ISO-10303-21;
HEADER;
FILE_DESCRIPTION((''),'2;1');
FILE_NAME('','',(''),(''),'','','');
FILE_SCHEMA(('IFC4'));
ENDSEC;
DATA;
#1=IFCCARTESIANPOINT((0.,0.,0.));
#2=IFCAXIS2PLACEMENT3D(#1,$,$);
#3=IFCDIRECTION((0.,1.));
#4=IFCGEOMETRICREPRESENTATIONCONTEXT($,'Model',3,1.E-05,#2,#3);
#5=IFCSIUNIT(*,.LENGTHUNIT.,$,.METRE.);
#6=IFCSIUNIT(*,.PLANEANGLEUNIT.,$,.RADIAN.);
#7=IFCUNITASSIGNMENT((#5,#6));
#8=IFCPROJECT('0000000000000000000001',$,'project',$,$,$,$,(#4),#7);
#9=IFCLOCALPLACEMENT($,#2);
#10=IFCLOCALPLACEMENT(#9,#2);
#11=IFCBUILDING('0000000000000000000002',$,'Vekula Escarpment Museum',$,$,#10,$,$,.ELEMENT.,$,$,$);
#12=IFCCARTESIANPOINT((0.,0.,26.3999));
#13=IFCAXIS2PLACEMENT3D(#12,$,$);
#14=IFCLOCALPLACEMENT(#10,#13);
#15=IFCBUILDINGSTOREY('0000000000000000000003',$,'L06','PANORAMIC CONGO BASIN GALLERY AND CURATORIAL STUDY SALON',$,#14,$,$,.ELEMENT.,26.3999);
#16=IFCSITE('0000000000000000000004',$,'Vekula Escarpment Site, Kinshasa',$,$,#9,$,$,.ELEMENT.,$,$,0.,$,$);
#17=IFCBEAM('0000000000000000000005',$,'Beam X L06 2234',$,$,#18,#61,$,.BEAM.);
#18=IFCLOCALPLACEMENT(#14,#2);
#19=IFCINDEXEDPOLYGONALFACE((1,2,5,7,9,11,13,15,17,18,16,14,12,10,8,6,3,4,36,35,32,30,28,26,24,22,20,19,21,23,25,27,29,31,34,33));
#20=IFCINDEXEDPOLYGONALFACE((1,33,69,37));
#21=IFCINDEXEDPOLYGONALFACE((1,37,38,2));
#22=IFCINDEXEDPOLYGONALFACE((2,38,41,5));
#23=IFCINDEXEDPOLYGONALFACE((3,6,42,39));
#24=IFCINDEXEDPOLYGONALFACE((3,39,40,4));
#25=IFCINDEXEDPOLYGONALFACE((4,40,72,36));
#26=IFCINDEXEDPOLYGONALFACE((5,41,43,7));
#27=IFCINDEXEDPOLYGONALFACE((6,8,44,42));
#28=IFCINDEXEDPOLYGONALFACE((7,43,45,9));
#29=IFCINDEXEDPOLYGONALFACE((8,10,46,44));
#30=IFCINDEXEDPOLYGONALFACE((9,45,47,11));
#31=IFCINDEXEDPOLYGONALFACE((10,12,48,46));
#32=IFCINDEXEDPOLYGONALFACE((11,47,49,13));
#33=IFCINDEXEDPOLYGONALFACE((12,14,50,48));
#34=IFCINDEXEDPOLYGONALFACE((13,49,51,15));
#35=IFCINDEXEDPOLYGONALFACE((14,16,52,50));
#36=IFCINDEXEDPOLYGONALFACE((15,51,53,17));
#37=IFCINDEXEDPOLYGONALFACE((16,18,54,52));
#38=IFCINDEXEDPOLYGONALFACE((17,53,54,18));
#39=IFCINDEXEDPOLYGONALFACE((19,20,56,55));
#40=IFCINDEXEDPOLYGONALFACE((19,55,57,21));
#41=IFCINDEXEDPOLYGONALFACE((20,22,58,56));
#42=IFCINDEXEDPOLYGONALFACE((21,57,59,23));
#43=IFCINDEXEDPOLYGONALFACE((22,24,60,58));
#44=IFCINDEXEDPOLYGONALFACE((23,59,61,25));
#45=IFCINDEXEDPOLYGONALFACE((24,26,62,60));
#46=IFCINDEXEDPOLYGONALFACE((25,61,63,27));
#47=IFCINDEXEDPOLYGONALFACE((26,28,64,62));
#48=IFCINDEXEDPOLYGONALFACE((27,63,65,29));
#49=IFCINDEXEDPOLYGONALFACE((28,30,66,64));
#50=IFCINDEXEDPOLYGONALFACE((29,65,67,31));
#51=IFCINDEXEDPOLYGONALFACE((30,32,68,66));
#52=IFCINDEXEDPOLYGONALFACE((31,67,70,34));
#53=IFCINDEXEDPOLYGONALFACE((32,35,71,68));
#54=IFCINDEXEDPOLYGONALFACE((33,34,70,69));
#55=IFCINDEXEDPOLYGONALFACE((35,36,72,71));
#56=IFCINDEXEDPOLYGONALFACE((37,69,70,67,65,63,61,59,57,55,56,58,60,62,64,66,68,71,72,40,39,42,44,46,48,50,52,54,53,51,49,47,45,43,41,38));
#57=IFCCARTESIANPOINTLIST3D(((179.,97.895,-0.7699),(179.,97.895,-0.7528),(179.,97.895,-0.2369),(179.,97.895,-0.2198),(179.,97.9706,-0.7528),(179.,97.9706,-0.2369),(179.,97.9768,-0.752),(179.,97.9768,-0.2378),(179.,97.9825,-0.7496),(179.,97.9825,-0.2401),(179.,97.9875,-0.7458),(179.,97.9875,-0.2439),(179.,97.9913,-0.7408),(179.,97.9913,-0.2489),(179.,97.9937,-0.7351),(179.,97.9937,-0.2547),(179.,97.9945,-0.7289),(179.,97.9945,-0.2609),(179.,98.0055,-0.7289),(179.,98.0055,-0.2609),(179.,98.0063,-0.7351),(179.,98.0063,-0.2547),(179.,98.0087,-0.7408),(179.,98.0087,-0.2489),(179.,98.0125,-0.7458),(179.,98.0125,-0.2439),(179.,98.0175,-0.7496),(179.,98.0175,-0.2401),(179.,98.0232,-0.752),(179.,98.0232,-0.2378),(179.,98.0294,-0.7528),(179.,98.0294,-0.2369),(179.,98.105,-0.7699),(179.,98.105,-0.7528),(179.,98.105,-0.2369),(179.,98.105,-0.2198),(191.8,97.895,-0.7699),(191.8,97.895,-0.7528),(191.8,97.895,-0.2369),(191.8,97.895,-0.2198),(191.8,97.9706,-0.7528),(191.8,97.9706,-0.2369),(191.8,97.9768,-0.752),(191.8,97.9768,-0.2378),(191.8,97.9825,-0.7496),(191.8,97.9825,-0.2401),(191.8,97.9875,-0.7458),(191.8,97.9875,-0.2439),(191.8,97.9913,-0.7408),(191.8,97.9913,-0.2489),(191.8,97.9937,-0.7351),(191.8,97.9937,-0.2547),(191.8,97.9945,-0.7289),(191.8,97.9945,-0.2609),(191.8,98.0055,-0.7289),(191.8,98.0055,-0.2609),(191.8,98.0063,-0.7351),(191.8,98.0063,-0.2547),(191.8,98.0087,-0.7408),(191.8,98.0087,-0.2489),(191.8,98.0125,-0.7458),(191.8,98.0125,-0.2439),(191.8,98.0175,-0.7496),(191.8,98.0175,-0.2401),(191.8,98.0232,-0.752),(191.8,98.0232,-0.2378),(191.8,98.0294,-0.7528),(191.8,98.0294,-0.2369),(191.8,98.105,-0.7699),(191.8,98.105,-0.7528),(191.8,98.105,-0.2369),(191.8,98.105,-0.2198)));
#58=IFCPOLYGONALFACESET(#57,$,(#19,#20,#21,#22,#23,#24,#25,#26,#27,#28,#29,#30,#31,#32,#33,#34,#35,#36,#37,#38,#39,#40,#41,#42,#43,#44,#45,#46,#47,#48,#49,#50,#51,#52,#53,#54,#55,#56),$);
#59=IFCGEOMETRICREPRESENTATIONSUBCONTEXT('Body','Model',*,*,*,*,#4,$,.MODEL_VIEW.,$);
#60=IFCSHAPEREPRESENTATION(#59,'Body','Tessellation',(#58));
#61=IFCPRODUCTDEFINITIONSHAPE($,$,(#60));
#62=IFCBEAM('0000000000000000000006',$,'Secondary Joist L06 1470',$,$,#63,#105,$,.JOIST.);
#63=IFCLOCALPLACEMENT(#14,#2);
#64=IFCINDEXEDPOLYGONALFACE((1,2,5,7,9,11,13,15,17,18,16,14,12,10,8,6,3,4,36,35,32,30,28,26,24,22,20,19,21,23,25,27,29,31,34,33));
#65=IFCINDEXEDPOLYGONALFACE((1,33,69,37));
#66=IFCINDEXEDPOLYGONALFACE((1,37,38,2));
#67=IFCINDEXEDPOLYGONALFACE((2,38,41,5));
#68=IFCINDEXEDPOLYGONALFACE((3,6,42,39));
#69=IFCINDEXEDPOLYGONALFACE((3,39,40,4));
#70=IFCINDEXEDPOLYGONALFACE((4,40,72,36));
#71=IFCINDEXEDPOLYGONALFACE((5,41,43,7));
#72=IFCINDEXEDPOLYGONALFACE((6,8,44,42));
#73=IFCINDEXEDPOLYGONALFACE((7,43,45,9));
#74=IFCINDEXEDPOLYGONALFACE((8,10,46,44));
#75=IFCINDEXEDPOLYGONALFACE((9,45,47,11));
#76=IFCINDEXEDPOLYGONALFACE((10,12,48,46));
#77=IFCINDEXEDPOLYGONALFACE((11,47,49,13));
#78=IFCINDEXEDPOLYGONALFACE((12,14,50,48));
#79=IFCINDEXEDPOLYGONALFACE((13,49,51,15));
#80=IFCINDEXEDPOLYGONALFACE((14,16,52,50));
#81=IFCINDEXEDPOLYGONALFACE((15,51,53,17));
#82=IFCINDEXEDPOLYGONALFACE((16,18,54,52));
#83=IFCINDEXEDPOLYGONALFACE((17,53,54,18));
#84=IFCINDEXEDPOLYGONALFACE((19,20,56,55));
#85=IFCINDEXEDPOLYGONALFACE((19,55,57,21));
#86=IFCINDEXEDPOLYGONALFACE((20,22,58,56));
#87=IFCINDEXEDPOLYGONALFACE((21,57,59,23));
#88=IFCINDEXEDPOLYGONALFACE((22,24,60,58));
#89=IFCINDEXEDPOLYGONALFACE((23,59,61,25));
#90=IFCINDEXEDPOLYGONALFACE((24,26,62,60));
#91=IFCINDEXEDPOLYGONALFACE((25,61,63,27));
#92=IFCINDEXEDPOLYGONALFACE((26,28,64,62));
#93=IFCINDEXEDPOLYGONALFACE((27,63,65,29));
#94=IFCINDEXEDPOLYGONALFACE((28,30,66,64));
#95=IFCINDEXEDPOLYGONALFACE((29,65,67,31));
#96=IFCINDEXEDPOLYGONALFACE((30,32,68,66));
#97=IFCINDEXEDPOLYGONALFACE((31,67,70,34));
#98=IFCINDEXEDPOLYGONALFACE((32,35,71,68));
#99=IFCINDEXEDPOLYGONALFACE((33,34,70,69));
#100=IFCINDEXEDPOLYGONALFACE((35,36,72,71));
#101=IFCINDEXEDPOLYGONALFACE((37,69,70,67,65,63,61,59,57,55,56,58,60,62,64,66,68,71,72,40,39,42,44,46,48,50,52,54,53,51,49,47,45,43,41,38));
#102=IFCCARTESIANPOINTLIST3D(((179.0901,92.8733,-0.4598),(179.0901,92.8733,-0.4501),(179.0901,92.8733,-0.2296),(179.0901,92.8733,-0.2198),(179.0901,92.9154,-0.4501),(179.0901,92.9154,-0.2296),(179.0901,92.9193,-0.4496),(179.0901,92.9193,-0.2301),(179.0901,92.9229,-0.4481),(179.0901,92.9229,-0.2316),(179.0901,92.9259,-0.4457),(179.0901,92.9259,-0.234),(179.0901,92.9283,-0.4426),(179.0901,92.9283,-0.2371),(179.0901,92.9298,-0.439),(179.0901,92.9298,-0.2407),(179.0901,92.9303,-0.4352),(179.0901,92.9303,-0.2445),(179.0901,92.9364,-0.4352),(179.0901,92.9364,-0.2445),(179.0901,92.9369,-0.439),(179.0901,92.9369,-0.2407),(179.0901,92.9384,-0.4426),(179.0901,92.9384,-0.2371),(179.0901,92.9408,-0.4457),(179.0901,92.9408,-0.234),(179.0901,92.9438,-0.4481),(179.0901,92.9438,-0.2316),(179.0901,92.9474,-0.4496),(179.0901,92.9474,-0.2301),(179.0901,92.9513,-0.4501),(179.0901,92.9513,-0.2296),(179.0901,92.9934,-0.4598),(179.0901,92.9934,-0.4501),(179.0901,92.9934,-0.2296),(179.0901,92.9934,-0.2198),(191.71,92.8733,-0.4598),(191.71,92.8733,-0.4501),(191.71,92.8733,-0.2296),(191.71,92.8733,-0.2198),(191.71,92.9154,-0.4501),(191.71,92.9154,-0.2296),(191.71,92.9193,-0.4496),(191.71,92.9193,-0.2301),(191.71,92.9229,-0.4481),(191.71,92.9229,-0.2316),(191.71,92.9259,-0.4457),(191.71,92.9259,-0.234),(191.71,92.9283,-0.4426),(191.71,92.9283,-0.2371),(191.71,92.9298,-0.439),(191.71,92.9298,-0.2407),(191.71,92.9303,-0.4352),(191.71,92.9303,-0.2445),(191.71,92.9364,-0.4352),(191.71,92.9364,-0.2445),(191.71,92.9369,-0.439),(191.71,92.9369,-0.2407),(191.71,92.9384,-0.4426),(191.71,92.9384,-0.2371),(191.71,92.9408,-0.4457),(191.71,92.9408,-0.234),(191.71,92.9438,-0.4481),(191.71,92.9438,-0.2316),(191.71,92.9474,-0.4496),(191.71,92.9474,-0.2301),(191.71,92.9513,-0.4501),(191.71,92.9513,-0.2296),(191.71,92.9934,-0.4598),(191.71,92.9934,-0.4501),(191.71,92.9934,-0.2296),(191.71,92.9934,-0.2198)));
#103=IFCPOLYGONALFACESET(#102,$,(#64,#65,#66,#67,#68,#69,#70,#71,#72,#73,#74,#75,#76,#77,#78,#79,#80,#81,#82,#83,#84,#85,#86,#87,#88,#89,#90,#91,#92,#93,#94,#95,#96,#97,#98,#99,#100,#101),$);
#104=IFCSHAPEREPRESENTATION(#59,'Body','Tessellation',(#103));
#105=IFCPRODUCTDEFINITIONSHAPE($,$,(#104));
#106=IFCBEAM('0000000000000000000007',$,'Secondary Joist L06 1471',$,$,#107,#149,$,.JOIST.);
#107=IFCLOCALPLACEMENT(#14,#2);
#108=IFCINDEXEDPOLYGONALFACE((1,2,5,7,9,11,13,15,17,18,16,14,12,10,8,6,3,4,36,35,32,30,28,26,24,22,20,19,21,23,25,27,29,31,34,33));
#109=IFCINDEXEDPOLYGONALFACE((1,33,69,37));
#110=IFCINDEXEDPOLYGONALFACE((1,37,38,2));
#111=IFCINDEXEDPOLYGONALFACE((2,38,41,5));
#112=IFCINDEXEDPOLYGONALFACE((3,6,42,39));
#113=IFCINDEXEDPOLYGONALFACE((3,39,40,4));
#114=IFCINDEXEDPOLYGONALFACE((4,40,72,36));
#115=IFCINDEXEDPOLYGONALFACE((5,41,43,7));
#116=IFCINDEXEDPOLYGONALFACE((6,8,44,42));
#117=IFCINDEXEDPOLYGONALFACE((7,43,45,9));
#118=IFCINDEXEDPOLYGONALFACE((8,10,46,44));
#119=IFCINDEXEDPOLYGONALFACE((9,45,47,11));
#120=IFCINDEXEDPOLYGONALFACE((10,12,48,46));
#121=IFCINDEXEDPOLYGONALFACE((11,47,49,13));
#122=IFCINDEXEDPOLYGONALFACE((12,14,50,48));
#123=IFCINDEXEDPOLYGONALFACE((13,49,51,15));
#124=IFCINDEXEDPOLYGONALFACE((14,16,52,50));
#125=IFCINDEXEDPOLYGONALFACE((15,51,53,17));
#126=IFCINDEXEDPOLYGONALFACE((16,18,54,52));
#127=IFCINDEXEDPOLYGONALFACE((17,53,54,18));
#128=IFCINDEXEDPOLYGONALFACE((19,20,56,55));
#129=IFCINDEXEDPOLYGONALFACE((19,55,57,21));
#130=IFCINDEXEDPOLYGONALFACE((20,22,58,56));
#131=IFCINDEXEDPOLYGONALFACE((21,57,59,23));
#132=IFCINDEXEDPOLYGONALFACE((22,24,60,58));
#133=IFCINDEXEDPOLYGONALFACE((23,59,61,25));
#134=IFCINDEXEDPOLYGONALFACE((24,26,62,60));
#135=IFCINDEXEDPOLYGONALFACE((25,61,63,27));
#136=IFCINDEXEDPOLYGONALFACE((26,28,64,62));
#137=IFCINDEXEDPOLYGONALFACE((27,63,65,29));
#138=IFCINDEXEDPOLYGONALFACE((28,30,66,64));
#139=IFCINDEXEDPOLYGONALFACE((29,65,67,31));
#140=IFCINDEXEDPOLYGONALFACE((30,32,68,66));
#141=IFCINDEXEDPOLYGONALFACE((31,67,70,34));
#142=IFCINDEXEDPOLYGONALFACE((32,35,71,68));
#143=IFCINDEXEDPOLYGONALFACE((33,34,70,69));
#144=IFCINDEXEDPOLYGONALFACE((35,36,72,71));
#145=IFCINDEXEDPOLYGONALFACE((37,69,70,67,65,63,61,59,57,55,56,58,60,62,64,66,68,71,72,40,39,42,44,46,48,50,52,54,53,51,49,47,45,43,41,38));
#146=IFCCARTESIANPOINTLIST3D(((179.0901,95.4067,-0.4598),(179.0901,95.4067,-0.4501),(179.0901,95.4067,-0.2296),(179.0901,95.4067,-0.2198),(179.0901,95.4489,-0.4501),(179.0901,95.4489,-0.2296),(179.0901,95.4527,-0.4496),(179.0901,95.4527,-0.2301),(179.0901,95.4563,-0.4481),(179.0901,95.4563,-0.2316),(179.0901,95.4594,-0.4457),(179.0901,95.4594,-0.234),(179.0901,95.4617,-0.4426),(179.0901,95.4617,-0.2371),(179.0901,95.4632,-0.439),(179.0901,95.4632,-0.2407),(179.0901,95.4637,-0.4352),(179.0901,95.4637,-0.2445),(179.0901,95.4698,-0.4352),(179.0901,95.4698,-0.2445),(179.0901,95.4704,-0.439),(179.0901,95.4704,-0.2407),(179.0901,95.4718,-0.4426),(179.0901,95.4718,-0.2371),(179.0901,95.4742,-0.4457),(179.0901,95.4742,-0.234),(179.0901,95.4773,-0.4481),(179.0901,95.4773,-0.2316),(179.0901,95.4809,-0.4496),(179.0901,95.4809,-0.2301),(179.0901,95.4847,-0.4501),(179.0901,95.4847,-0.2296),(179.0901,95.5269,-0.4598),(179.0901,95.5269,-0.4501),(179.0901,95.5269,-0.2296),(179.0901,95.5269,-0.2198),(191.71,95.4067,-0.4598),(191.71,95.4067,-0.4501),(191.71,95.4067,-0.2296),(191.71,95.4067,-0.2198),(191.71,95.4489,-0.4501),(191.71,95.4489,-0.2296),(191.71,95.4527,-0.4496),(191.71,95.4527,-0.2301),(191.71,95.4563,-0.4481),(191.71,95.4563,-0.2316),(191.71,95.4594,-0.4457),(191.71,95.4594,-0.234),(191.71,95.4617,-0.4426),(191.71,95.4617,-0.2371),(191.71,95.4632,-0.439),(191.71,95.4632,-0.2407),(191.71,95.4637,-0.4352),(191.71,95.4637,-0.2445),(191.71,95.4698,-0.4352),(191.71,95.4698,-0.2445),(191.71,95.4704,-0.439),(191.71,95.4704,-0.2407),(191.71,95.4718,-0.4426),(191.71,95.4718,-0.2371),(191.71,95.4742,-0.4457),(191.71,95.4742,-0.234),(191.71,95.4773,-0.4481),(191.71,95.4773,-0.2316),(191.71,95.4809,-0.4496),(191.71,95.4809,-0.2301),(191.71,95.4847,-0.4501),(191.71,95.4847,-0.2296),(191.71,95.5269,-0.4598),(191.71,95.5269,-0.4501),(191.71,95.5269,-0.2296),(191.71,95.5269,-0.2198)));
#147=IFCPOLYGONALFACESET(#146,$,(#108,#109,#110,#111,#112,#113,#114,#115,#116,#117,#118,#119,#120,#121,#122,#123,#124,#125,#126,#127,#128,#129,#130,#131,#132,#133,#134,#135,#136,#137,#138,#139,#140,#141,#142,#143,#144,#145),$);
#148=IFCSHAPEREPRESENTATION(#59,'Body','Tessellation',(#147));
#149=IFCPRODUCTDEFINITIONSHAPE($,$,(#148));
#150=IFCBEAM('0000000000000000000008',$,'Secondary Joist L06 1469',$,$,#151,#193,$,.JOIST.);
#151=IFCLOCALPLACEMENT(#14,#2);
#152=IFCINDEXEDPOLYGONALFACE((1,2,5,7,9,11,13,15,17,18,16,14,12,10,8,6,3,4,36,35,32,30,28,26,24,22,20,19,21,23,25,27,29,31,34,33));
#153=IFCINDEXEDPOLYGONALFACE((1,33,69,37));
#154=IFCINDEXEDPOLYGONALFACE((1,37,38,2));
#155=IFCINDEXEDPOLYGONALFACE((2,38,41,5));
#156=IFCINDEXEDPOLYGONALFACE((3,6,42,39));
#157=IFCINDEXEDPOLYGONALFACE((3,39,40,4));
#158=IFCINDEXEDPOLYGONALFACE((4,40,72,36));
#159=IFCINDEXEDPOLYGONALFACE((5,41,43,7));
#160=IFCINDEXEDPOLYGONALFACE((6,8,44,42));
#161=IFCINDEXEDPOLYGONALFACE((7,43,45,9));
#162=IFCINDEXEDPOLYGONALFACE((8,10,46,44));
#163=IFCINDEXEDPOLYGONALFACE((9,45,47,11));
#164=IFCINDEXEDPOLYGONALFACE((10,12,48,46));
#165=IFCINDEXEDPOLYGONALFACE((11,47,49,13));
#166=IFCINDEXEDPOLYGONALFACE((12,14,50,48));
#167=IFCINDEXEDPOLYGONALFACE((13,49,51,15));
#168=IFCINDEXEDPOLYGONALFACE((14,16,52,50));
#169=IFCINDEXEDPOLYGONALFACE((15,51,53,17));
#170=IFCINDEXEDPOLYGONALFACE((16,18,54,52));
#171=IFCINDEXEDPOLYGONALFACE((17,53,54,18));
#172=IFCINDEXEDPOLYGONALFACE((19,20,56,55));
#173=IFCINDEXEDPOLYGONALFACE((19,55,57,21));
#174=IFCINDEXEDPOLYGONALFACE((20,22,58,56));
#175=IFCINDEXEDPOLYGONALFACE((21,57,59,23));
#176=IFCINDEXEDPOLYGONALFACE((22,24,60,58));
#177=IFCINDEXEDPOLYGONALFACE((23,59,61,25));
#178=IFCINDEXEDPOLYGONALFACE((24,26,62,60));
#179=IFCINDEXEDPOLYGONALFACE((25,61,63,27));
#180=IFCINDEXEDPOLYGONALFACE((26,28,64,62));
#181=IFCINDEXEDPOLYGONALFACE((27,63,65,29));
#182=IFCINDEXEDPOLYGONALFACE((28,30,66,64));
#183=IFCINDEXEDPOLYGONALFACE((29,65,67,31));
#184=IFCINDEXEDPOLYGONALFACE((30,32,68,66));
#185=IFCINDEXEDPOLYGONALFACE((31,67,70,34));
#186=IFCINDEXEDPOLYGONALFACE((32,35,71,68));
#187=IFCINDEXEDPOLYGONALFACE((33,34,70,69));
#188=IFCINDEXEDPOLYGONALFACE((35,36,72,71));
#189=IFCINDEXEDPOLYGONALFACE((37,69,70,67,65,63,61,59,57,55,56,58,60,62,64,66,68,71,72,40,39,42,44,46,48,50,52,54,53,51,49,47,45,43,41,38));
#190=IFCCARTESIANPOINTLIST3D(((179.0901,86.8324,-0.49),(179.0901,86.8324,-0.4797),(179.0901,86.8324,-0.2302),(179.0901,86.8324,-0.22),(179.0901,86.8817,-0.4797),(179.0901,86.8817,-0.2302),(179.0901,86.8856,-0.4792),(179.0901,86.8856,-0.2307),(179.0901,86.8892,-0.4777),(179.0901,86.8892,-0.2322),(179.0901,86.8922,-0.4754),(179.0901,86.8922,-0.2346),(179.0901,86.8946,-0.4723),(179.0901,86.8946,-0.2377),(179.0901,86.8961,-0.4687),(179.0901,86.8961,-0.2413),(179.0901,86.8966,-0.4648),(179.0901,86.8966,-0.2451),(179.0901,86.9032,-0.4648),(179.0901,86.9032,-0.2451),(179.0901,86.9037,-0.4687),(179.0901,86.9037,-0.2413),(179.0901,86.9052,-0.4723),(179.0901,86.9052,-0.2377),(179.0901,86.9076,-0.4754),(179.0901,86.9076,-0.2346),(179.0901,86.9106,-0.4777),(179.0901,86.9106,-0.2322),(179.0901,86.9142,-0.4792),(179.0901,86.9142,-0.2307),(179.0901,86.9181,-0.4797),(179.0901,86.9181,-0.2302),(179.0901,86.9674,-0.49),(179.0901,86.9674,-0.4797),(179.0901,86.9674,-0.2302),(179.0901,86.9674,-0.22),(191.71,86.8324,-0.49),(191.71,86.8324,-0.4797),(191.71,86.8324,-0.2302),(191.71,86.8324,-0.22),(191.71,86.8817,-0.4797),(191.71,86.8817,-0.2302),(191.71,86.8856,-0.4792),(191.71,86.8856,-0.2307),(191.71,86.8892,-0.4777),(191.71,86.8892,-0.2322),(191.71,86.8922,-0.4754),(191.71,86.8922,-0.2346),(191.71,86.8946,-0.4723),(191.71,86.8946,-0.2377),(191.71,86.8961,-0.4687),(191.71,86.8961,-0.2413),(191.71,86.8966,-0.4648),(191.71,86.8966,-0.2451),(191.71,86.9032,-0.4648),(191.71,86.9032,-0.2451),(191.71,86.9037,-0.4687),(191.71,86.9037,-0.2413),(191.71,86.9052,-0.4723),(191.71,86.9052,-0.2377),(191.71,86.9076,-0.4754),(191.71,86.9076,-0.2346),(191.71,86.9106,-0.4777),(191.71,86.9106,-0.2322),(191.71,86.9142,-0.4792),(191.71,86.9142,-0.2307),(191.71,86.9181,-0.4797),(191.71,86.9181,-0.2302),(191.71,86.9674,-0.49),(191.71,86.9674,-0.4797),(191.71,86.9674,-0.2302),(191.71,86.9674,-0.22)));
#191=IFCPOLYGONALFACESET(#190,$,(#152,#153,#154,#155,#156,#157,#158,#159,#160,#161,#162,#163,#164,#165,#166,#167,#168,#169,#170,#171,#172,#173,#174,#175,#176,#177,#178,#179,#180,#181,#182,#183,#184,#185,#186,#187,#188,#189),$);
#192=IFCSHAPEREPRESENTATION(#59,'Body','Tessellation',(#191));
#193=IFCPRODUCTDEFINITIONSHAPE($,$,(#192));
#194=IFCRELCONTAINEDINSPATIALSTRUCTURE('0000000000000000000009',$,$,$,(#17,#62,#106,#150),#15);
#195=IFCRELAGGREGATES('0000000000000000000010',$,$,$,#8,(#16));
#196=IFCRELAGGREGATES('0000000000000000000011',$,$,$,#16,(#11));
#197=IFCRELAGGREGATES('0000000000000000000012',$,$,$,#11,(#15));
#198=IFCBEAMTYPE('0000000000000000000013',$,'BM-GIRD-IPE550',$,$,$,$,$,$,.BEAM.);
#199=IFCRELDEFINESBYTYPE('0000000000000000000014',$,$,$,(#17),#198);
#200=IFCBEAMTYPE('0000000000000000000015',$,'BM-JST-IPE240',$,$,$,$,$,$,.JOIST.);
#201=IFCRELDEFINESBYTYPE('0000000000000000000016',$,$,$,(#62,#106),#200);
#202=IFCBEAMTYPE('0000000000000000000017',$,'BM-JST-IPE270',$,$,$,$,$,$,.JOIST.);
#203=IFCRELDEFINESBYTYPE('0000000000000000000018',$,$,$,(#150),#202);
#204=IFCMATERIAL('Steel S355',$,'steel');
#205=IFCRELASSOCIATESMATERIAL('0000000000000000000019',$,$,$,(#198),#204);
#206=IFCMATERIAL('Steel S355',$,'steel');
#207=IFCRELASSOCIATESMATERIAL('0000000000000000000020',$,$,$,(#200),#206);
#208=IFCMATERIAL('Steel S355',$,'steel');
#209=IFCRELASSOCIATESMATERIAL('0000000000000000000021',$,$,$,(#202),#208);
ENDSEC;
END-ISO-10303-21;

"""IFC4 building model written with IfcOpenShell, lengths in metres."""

from ifc_helpers import new_model, si_unit, direction, frame, origin, origin_2d, place, context, subcontext, project, spatial, i_section, extrude, material, material_profile, profile_set, type_object, element, save


model = new_model("IFC4")

# Units and contexts
model_context = context("Model", 3, precision=1e-05, world=origin(), true_north=direction((0.0, 1.0)))
body_context = subcontext(model_context, "Body", "Model", "MODEL_VIEW")
ifc_project = project(units=[si_unit("LENGTHUNIT", "METRE"), si_unit("PLANEANGLEUNIT", "RADIAN")], contexts=[model_context])

# Site, building, storey
site_placement = place(None, origin())
site = spatial("IfcSite", under=ifc_project, at=site_placement, Name="Vekula Escarpment Site, Kinshasa", CompositionType="ELEMENT", RefElevation=0.0)
building_placement = place(site_placement, origin())
building = spatial("IfcBuilding", under=site, at=building_placement, Name="Vekula Escarpment Museum", CompositionType="ELEMENT")
storey_placement = place(building_placement, frame((0.0, 0.0, 26.3999)))
storey = spatial("IfcBuildingStorey", under=building, at=storey_placement, Name="L06", Description="PANORAMIC CONGO BASIN GALLERY AND CURATORIAL STUDY SALON", CompositionType="ELEMENT", Elevation=26.3999)

# Beams
ifc_material_1 = material(Name="Steel S355", Category="steel")
ifc_material_profile_1 = material_profile(ifc_material_1, i_section(OverallWidth=0.21, OverallDepth=0.55, WebThickness=0.011, FlangeThickness=0.0171, FilletRadius=0.0239, at=origin_2d()), Name="IPE 550")
ifc_profile_set_1 = profile_set([ifc_material_profile_1], Name="Steel S355")
beam_type_1 = type_object("IfcBeamType", Name="BM-GIRD-IPE550", PredefinedType="BEAM", material=ifc_profile_set_1)
beam_1_placement = place(storey_placement, frame((179.0, 98.0, -0.4949), z_axis=(1.0, 0.0, 0.0), x_axis=(0.0, 1.0, 0.0)))
element("IfcBeam", 1, at=beam_1_placement, inside=storey, type_object=beam_type_1, Name="Beam X L06 2234", PredefinedType="BEAM", context=body_context, shape_type="SweptSolid", body=[
    extrude(i_section(OverallWidth=0.21, OverallDepth=0.55, WebThickness=0.011, FlangeThickness=0.0171, FilletRadius=0.0239, at=origin_2d()), origin(), (0.0, 0.0, 1.0), 12.8),
])
ifc_material_2 = material(Name="Steel S355", Category="steel")
ifc_material_profile_2 = material_profile(ifc_material_2, i_section(OverallWidth=0.1201, OverallDepth=0.24, WebThickness=0.0061, FlangeThickness=0.0098, FilletRadius=0.0149, at=origin_2d()), Name="IPE 240")
ifc_profile_set_2 = profile_set([ifc_material_profile_2], Name="Steel S355")
beam_type_2 = type_object("IfcBeamType", Name="BM-JST-IPE240", PredefinedType="JOIST", material=ifc_profile_set_2)
for number, where, z_axis, x_axis, name in (
    (2, (179.0901, 92.9333, -0.3398), (1.0, 0.0, 0.0), (0.0, 1.0, 0.0), "Secondary Joist L06 1470"),
    (3, (179.0901, 95.4668, -0.3398), (1.0, 0.0, 0.0), (0.0, 1.0, 0.0), "Secondary Joist L06 1471"),
):
    element("IfcBeam", number, at=place(storey_placement, frame(where, z_axis=z_axis, x_axis=x_axis)), inside=storey, type_object=beam_type_2, Name=name, PredefinedType="JOIST", context=body_context, shape_type="SweptSolid", body=[
        extrude(i_section(OverallWidth=0.1201, OverallDepth=0.24, WebThickness=0.0061, FlangeThickness=0.0098, FilletRadius=0.0149, at=origin_2d()), origin(), (0.0, 0.0, 1.0), 12.6199),
    ])
ifc_material_3 = material(Name="Steel S355", Category="steel")
ifc_material_profile_3 = material_profile(ifc_material_3, i_section(OverallWidth=0.135, OverallDepth=0.27, WebThickness=0.0066, FlangeThickness=0.0103, FilletRadius=0.0149, at=origin_2d()), Name="IPE 270")
ifc_profile_set_3 = profile_set([ifc_material_profile_3], Name="Steel S355")
beam_type_3 = type_object("IfcBeamType", Name="BM-JST-IPE270", PredefinedType="JOIST", material=ifc_profile_set_3)
beam_2_placement = place(storey_placement, frame((179.0901, 86.8999, -0.355), z_axis=(1.0, 0.0, 0.0), x_axis=(0.0, 1.0, 0.0)))
element("IfcBeam", 4, at=beam_2_placement, inside=storey, type_object=beam_type_3, Name="Secondary Joist L06 1469", PredefinedType="JOIST", context=body_context, shape_type="SweptSolid", body=[
    extrude(i_section(OverallWidth=0.135, OverallDepth=0.27, WebThickness=0.0066, FlangeThickness=0.0103, FilletRadius=0.0149, at=origin_2d()), origin(), (0.0, 0.0, 1.0), 12.6199),
])

save(model, "model.ifc")
